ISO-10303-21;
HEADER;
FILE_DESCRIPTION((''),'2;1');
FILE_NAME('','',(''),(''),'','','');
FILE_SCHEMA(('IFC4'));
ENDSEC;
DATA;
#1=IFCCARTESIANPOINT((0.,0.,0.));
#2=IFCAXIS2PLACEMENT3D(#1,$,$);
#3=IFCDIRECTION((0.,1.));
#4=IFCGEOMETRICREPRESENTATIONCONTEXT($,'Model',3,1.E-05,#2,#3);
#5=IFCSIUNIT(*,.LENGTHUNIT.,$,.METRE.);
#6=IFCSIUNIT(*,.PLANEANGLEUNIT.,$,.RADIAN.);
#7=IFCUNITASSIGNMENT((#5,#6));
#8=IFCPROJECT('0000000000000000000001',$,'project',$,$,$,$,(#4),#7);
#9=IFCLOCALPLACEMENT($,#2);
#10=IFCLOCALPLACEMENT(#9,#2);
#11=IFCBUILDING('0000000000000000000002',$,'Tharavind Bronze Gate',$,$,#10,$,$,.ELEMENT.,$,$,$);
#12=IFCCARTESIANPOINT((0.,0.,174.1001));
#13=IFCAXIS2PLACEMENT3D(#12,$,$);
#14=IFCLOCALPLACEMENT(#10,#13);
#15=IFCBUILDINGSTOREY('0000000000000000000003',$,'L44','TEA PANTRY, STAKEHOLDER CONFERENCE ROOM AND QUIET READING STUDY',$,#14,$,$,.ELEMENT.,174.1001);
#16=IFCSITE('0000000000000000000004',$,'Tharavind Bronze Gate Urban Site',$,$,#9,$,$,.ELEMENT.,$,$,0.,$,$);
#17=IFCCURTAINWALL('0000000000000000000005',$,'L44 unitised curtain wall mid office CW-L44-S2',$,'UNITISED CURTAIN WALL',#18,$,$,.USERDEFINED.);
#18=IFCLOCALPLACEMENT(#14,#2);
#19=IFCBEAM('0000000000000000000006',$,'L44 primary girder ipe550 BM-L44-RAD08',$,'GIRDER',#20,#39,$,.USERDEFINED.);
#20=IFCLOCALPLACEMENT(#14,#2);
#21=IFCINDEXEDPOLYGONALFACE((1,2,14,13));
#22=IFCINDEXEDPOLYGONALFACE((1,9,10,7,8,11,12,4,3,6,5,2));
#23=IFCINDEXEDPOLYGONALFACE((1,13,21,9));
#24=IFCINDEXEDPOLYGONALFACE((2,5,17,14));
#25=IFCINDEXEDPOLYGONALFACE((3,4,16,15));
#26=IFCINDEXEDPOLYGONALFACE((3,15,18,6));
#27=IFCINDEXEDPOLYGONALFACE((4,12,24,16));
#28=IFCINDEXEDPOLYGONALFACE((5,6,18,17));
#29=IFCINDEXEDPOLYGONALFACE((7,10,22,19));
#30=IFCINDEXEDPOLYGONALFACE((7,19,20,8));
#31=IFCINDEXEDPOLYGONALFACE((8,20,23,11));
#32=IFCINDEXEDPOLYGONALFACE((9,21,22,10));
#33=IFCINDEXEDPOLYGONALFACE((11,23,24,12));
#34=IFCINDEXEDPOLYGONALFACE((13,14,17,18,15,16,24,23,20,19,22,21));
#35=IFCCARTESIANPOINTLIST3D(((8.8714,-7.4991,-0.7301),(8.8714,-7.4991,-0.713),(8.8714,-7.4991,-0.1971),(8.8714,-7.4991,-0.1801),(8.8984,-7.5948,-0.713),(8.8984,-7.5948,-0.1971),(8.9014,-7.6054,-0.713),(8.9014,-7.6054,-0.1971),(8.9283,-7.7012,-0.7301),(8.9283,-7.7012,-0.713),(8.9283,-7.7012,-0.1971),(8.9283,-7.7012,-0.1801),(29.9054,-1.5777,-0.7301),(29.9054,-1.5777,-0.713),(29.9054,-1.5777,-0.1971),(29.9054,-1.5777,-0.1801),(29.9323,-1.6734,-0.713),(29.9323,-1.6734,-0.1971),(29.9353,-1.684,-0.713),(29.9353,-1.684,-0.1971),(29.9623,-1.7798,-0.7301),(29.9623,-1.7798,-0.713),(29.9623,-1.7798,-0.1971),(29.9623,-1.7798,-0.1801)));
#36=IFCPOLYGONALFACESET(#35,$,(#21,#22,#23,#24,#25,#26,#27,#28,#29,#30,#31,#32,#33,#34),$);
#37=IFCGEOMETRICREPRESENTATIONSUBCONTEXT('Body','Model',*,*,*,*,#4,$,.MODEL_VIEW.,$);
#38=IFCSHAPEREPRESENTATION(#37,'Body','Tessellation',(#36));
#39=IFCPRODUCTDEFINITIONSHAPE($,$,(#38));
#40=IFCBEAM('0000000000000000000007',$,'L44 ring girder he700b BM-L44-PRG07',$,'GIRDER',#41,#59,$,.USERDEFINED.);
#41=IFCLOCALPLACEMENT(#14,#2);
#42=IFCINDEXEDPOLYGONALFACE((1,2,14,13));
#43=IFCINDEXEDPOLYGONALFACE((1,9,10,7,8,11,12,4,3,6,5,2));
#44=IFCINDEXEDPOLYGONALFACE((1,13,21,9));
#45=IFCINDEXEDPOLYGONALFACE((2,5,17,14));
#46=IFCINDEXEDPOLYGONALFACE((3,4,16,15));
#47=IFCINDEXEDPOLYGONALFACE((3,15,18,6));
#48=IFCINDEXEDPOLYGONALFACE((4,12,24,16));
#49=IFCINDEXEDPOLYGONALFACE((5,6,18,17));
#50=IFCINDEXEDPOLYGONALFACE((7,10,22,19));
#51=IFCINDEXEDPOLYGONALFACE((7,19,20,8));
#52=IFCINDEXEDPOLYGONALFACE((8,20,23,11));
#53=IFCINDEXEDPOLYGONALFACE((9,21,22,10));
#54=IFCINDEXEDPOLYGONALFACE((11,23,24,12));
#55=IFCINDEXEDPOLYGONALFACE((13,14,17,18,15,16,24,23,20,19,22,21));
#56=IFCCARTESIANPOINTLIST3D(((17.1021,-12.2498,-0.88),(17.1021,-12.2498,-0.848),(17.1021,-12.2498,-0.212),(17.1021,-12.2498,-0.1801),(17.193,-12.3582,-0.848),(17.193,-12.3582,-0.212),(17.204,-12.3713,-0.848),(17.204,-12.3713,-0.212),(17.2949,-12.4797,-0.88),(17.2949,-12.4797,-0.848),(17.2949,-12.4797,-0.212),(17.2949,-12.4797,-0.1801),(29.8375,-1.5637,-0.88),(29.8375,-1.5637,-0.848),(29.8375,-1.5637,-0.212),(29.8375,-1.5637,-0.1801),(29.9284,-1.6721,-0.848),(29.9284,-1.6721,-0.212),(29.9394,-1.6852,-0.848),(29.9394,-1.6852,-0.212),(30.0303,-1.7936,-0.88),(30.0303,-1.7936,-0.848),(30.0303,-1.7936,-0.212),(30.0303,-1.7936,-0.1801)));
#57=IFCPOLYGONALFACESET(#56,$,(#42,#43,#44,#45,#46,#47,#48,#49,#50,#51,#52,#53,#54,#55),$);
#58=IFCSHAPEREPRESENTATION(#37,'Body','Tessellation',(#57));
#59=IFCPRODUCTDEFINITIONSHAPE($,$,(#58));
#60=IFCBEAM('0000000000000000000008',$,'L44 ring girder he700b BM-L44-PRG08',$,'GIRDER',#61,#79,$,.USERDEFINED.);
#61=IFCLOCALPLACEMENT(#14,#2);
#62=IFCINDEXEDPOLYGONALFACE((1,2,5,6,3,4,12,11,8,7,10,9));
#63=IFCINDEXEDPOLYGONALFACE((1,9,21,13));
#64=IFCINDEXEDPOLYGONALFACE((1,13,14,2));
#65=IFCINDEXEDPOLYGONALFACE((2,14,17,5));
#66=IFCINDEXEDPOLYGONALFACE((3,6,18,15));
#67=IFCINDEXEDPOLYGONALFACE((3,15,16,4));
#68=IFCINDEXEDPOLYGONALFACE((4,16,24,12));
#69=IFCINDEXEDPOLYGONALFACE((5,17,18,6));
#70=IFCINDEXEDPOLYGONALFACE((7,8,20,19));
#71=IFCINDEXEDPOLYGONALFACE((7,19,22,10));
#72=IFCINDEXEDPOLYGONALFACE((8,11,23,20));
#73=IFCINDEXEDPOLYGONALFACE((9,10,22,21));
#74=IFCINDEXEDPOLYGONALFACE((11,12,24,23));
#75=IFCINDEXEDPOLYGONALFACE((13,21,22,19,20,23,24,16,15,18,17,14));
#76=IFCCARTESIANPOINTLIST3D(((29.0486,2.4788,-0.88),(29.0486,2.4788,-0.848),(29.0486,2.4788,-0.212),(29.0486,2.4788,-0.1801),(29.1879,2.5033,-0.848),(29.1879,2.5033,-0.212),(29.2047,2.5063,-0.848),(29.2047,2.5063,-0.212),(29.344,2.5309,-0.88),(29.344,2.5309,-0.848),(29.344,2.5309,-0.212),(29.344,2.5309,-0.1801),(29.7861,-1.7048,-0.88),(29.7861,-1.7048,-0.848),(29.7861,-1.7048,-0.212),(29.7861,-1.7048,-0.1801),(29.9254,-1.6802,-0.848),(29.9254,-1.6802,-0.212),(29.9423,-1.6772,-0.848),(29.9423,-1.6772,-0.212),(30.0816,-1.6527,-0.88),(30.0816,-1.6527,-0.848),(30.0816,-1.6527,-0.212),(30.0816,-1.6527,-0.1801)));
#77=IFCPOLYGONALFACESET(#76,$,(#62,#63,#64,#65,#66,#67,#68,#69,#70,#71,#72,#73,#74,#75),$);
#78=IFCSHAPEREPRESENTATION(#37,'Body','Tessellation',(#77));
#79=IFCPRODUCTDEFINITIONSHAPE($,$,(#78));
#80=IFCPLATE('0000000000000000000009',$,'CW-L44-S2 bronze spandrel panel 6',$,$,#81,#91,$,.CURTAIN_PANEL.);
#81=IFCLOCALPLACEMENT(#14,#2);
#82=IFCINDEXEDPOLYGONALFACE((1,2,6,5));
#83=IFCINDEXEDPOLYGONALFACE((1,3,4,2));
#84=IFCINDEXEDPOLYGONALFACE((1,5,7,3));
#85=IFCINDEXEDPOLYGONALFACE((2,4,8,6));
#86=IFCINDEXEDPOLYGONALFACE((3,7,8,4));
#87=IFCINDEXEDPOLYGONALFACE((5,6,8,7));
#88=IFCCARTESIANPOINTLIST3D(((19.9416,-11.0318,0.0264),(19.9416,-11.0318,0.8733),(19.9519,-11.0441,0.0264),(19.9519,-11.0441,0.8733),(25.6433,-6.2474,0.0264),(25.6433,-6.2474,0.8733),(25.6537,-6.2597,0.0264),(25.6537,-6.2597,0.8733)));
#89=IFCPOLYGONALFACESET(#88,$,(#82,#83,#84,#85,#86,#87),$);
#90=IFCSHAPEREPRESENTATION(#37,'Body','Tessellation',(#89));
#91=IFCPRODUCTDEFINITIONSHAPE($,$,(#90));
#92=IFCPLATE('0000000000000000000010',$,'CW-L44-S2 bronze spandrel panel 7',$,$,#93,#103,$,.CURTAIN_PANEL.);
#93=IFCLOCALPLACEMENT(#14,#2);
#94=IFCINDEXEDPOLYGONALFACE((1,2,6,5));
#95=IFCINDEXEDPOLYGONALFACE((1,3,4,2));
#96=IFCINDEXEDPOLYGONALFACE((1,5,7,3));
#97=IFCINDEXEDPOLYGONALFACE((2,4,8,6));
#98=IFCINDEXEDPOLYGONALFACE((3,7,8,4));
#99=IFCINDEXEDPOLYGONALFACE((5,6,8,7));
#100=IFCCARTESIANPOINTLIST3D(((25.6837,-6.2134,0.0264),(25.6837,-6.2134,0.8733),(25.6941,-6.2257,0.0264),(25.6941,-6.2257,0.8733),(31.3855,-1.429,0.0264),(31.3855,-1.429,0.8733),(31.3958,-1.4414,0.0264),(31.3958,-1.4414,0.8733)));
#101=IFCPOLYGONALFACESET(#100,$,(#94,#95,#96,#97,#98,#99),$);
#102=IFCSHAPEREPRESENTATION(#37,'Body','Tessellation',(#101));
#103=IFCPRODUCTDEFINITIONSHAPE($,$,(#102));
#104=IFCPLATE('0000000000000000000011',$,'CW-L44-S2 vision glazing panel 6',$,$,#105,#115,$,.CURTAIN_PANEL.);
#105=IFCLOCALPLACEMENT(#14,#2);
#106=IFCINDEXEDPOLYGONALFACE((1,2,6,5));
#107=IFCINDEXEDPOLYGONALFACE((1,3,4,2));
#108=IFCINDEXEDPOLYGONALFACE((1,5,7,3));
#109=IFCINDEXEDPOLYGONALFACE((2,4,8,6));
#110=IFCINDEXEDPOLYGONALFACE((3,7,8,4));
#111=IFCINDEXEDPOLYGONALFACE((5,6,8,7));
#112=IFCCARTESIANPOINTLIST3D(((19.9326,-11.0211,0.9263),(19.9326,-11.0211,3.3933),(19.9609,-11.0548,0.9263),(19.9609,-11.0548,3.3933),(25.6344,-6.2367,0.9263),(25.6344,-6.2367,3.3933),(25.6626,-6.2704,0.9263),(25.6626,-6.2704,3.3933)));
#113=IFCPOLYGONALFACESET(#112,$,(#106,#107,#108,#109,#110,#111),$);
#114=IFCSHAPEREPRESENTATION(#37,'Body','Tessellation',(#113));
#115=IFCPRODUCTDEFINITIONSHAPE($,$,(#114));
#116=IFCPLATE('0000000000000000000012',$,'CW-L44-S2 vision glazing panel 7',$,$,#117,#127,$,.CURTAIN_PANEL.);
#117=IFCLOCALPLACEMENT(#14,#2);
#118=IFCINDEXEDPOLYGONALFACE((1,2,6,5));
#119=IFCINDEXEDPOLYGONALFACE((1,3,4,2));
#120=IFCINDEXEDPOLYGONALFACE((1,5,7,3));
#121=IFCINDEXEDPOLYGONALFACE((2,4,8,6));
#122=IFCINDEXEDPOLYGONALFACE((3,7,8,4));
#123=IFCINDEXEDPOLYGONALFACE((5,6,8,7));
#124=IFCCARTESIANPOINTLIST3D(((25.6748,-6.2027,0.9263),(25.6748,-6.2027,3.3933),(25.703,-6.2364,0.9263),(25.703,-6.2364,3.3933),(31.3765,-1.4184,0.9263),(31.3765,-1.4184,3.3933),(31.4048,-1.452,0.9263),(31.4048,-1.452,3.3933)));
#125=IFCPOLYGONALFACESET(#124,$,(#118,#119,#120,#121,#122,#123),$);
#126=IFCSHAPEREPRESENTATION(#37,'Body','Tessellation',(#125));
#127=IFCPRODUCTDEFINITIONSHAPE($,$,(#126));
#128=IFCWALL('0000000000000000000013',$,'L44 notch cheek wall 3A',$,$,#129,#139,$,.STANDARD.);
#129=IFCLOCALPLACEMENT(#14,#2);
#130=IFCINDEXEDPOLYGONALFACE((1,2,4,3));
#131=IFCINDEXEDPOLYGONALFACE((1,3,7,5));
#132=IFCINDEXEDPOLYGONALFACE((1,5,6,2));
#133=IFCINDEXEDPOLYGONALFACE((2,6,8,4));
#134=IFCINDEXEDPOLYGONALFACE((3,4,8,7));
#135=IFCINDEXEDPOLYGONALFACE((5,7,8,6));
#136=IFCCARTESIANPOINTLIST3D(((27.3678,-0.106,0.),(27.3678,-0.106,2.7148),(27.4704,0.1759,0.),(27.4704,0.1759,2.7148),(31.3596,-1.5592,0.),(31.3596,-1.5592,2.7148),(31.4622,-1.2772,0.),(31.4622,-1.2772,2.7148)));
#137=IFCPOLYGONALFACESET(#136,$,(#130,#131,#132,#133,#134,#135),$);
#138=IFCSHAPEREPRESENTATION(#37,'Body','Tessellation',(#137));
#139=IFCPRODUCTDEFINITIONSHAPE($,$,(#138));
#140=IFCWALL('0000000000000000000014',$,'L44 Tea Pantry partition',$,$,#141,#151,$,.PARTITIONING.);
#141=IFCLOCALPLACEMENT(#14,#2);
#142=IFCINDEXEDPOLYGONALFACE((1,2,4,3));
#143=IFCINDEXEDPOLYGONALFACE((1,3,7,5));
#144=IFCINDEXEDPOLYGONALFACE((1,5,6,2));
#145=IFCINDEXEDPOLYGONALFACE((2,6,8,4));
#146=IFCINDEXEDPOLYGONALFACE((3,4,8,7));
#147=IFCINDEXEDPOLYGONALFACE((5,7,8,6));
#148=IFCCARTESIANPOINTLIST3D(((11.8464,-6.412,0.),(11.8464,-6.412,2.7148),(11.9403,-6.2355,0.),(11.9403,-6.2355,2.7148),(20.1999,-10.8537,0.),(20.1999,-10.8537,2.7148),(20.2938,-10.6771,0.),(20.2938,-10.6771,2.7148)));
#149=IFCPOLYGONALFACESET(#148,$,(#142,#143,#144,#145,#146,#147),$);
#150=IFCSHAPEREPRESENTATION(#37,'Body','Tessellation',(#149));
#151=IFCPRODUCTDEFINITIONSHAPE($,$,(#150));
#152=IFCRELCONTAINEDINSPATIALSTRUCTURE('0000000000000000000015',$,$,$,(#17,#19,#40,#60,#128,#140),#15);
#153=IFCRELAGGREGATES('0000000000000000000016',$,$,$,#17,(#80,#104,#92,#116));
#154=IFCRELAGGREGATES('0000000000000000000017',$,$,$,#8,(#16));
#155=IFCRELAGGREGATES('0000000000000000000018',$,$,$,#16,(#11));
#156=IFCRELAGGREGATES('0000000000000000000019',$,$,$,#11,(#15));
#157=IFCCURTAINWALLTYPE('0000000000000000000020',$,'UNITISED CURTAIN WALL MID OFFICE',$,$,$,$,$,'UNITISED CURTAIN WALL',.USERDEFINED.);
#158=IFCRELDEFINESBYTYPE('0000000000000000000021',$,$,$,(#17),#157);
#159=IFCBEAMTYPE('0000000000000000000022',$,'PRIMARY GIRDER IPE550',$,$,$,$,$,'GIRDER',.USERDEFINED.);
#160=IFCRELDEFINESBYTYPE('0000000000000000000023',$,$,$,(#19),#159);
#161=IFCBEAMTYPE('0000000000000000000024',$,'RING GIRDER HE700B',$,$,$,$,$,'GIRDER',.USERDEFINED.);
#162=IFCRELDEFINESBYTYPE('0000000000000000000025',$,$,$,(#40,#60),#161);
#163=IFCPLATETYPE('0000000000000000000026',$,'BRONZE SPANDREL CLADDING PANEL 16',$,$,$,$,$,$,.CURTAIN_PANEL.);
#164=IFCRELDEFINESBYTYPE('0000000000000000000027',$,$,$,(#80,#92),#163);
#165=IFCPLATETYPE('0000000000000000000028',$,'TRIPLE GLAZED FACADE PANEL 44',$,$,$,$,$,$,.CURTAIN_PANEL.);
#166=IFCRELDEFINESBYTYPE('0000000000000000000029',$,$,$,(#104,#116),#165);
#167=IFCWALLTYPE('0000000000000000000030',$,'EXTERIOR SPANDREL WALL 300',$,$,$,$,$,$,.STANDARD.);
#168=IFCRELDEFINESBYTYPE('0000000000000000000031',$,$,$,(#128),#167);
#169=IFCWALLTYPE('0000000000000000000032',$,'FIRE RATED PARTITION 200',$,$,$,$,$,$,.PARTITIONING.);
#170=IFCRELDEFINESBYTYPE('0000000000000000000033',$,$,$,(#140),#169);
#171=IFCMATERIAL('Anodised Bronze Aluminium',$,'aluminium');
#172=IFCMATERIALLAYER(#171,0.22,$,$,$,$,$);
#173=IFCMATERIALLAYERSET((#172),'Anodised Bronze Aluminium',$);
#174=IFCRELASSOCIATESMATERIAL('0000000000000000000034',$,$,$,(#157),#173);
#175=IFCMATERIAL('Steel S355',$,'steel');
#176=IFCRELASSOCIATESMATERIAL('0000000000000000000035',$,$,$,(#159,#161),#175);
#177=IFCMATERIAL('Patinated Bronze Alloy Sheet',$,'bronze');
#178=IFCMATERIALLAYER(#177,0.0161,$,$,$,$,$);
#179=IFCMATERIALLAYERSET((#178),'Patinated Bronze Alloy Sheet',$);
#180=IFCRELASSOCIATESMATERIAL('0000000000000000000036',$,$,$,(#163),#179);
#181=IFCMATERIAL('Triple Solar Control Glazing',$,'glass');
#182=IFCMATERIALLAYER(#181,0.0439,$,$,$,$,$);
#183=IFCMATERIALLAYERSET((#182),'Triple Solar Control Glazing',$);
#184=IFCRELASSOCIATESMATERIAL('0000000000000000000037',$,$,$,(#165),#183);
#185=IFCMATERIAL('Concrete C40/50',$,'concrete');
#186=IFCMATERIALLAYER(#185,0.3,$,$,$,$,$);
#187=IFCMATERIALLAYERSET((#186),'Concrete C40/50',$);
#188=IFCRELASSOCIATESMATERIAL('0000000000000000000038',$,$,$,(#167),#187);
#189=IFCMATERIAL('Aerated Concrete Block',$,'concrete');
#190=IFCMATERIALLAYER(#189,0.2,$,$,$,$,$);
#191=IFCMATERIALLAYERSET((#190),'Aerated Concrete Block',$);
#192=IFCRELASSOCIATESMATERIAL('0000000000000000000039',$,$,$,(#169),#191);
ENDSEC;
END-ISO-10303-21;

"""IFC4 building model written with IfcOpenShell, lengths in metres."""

from ifc_helpers import new_model, si_unit, direction, frame, frame_2d, origin, origin_2d, place, context, subcontext, project, spatial, rectangle, i_section, extrude, material, layer, layer_set, material_profile, profile_set, type_object, element, aggregate, save


model = new_model("IFC4")

# Units and contexts
model_context = context("Model", 3, precision=1e-05, world=origin(), true_north=direction((0.0, 1.0)))
body_context = subcontext(model_context, "Body", "Model", "MODEL_VIEW")
ifc_project = project(units=[si_unit("LENGTHUNIT", "METRE"), si_unit("PLANEANGLEUNIT", "RADIAN")], contexts=[model_context])

# Site, building, storey
site_placement = place(None, origin())
site = spatial("IfcSite", under=ifc_project, at=site_placement, Name="Tharavind Bronze Gate Urban Site", CompositionType="ELEMENT", RefElevation=0.0)
building_placement = place(site_placement, origin())
building = spatial("IfcBuilding", under=site, at=building_placement, Name="Tharavind Bronze Gate", CompositionType="ELEMENT")
storey_placement = place(building_placement, frame((0.0, 0.0, 174.1001)))
storey = spatial("IfcBuildingStorey", under=building, at=storey_placement, Name="L44", Description="TEA PANTRY, STAKEHOLDER CONFERENCE ROOM AND QUIET READING STUDY", CompositionType="ELEMENT", Elevation=174.1001)

# Curtain wall
ifc_material_1 = material(Name="Anodised Bronze Aluminium", Category="aluminium")
ifc_layer_1 = layer(ifc_material_1, 0.22)
ifc_layer_set_1 = layer_set([ifc_layer_1], Name="Anodised Bronze Aluminium")
curtain_wall_type = type_object("IfcCurtainWallType", Name="UNITISED CURTAIN WALL MID OFFICE", ElementType="UNITISED CURTAIN WALL", PredefinedType="USERDEFINED", material=ifc_layer_set_1)
curtain_wall_placement = place(storey_placement, origin())
curtain_wall = element("IfcCurtainWall", 1, at=curtain_wall_placement, inside=storey, type_object=curtain_wall_type, Name="L44 unitised curtain wall mid office CW-L44-S2", ObjectType="UNITISED CURTAIN WALL", PredefinedType="USERDEFINED")

# Beams
ifc_material_2 = material(Name="Steel S355", Category="steel")
ifc_material_profile_1 = material_profile(ifc_material_2, i_section(OverallWidth=0.21, OverallDepth=0.55, WebThickness=0.011, FlangeThickness=0.0171, at=origin_2d()), Name="IPE550")
ifc_profile_set_1 = profile_set([ifc_material_profile_1], Name="Steel S355")
beam_type_1 = type_object("IfcBeamType", Name="PRIMARY GIRDER IPE550", ElementType="GIRDER", PredefinedType="USERDEFINED", material=ifc_profile_set_1)
beam_1_placement = place(storey_placement, frame((29.9338, -1.6787, -0.4551), z_axis=(-0.962584, -0.270983, 0.0), x_axis=(0.270983, -0.962584, 0.0)))
element("IfcBeam", 2, at=beam_1_placement, inside=storey, type_object=beam_type_1, Name="L44 primary girder ipe550 BM-L44-RAD08", ObjectType="GIRDER", PredefinedType="USERDEFINED", context=body_context, shape_type="SweptSolid", body=[
    extrude(i_section(OverallWidth=0.21, OverallDepth=0.55, WebThickness=0.011, FlangeThickness=0.0171, at=origin_2d()), origin(), (0.0, 0.0, 1.0), 21.8516),
])
ifc_material_profile_2 = material_profile(ifc_material_2, i_section(OverallWidth=0.3, OverallDepth=0.7, WebThickness=0.0171, FlangeThickness=0.032, at=origin_2d()), Name="HE700B")
ifc_profile_set_2 = profile_set([ifc_material_profile_2], Name="Steel S355")
beam_type_2 = type_object("IfcBeamType", Name="RING GIRDER HE700B", ElementType="GIRDER", PredefinedType="USERDEFINED", material=ifc_profile_set_2)
beam_2_placement = place(storey_placement, frame((17.1985, -12.3647, -0.53), z_axis=(0.76605, 0.642781, 0.0), x_axis=(-0.642781, 0.76605, 0.0)))
element("IfcBeam", 3, at=beam_2_placement, inside=storey, type_object=beam_type_2, Name="L44 ring girder he700b BM-L44-PRG07", ObjectType="GIRDER", PredefinedType="USERDEFINED", context=body_context, shape_type="SweptSolid", body=[
    extrude(i_section(OverallWidth=0.3, OverallDepth=0.7, WebThickness=0.0171, FlangeThickness=0.032, at=origin_2d()), origin(), (0.0, 0.0, 1.0), 16.6248),
])
beam_3_placement = place(storey_placement, frame((29.9338, -1.6787, -0.53), z_axis=(-0.173618, 0.984813, 0.0), x_axis=(-0.984813, -0.173618, 0.0)))
element("IfcBeam", 4, at=beam_3_placement, inside=storey, type_object=beam_type_2, Name="L44 ring girder he700b BM-L44-PRG08", ObjectType="GIRDER", PredefinedType="USERDEFINED", context=body_context, shape_type="SweptSolid", body=[
    extrude(i_section(OverallWidth=0.3, OverallDepth=0.7, WebThickness=0.0171, FlangeThickness=0.032, at=origin_2d()), origin(), (0.0, 0.0, 1.0), 4.248),
])

# Plates
ifc_material_3 = material(Name="Patinated Bronze Alloy Sheet", Category="bronze")
ifc_layer_2 = layer(ifc_material_3, 0.0161)
ifc_layer_set_2 = layer_set([ifc_layer_2], Name="Patinated Bronze Alloy Sheet")
plate_type_1 = type_object("IfcPlateType", Name="BRONZE SPANDREL CLADDING PANEL 16", PredefinedType="CURTAIN_PANEL", material=ifc_layer_set_2)
plate_1_placement = place(storey_placement, frame((22.7976, -8.6458, 0.0264), z_axis=(0.0, 0.0, 1.0), x_axis=(0.766043, 0.642789, 0.0)))
plate_1 = element("IfcPlate", 5, at=plate_1_placement, type_object=plate_type_1, Name="CW-L44-S2 bronze spandrel panel 6", PredefinedType="CURTAIN_PANEL", context=body_context, shape_type="SweptSolid", body=[
    extrude(rectangle(XDim=7.4431, YDim=0.0161, at=origin_2d()), origin(), (0.0, 0.0, 1.0), 0.8469),
])
plate_2_placement = place(storey_placement, frame((28.5398, -3.8274, 0.0264), z_axis=(0.0, 0.0, 1.0), x_axis=(0.766043, 0.642789, 0.0)))
plate_2 = element("IfcPlate", 6, at=plate_2_placement, type_object=plate_type_1, Name="CW-L44-S2 bronze spandrel panel 7", PredefinedType="CURTAIN_PANEL", context=body_context, shape_type="SweptSolid", body=[
    extrude(rectangle(XDim=7.4431, YDim=0.0161, at=origin_2d()), origin(), (0.0, 0.0, 1.0), 0.8469),
])
ifc_material_4 = material(Name="Triple Solar Control Glazing", Category="glass")
ifc_layer_3 = layer(ifc_material_4, 0.0439)
ifc_layer_set_3 = layer_set([ifc_layer_3], Name="Triple Solar Control Glazing")
plate_type_2 = type_object("IfcPlateType", Name="TRIPLE GLAZED FACADE PANEL 44", PredefinedType="CURTAIN_PANEL", material=ifc_layer_set_3)
plate_3_placement = place(storey_placement, frame((22.7976, -8.6458, 0.9263), z_axis=(0.0, 0.0, 1.0), x_axis=(0.766043, 0.642789, 0.0)))
plate_3 = element("IfcPlate", 7, at=plate_3_placement, type_object=plate_type_2, Name="CW-L44-S2 vision glazing panel 6", PredefinedType="CURTAIN_PANEL", context=body_context, shape_type="SweptSolid", body=[
    extrude(rectangle(XDim=7.4431, YDim=0.0439, at=origin_2d()), origin(), (0.0, 0.0, 1.0), 2.467),
])
plate_4_placement = place(storey_placement, frame((28.5398, -3.8274, 0.9263), z_axis=(0.0, 0.0, 1.0), x_axis=(0.766043, 0.642789, 0.0)))
plate_4 = element("IfcPlate", 8, at=plate_4_placement, type_object=plate_type_2, Name="CW-L44-S2 vision glazing panel 7", PredefinedType="CURTAIN_PANEL", context=body_context, shape_type="SweptSolid", body=[
    extrude(rectangle(XDim=7.4431, YDim=0.0439, at=origin_2d()), origin(), (0.0, 0.0, 1.0), 2.467),
])
aggregate(curtain_wall, [plate_1, plate_3, plate_2, plate_4])

# Walls
ifc_material_5 = material(Name="Concrete C40/50", Category="concrete")
ifc_layer_4 = layer(ifc_material_5, 0.3)
ifc_layer_set_4 = layer_set([ifc_layer_4], Name="Concrete C40/50")
wall_type_1 = type_object("IfcWallType", Name="EXTERIOR SPANDREL WALL 300", PredefinedType="STANDARD", material=ifc_layer_set_4)
wall_1_placement = place(storey_placement, frame((31.4109, -1.4182, 0.0), z_axis=(0.0, 0.0, 1.0), x_axis=(-0.939673, 0.342075, 0.0)))
element("IfcWall", 9, at=wall_1_placement, inside=storey, type_object=wall_type_1, Name="L44 notch cheek wall 3A", PredefinedType="STANDARD", context=body_context, shape_type="SweptSolid", body=[
    extrude(rectangle(XDim=4.248, YDim=0.3, at=frame_2d((2.124, 0.0))), origin(), (0.0, 0.0, 1.0), 2.7148),
])
ifc_material_6 = material(Name="Aerated Concrete Block", Category="concrete")
ifc_layer_5 = layer(ifc_material_6, 0.2)
ifc_layer_set_5 = layer_set([ifc_layer_5], Name="Aerated Concrete Block")
wall_type_2 = type_object("IfcWallType", Name="FIRE RATED PARTITION 200", PredefinedType="PARTITIONING", material=ifc_layer_set_5)
wall_2_placement = place(storey_placement, frame((20.2468, -10.7654, 0.0), z_axis=(0.0, 0.0, 1.0), x_axis=(-0.882947, 0.469472, 0.0)))
element("IfcWall", 10, at=wall_2_placement, inside=storey, type_object=wall_type_2, Name="L44 Tea Pantry partition", PredefinedType="PARTITIONING", context=body_context, shape_type="SweptSolid", body=[
    extrude(rectangle(XDim=9.4609, YDim=0.2, at=frame_2d((4.7305, 0.0))), origin(), (0.0, 0.0, 1.0), 2.7148),
])

save(model, "model.ifc")
